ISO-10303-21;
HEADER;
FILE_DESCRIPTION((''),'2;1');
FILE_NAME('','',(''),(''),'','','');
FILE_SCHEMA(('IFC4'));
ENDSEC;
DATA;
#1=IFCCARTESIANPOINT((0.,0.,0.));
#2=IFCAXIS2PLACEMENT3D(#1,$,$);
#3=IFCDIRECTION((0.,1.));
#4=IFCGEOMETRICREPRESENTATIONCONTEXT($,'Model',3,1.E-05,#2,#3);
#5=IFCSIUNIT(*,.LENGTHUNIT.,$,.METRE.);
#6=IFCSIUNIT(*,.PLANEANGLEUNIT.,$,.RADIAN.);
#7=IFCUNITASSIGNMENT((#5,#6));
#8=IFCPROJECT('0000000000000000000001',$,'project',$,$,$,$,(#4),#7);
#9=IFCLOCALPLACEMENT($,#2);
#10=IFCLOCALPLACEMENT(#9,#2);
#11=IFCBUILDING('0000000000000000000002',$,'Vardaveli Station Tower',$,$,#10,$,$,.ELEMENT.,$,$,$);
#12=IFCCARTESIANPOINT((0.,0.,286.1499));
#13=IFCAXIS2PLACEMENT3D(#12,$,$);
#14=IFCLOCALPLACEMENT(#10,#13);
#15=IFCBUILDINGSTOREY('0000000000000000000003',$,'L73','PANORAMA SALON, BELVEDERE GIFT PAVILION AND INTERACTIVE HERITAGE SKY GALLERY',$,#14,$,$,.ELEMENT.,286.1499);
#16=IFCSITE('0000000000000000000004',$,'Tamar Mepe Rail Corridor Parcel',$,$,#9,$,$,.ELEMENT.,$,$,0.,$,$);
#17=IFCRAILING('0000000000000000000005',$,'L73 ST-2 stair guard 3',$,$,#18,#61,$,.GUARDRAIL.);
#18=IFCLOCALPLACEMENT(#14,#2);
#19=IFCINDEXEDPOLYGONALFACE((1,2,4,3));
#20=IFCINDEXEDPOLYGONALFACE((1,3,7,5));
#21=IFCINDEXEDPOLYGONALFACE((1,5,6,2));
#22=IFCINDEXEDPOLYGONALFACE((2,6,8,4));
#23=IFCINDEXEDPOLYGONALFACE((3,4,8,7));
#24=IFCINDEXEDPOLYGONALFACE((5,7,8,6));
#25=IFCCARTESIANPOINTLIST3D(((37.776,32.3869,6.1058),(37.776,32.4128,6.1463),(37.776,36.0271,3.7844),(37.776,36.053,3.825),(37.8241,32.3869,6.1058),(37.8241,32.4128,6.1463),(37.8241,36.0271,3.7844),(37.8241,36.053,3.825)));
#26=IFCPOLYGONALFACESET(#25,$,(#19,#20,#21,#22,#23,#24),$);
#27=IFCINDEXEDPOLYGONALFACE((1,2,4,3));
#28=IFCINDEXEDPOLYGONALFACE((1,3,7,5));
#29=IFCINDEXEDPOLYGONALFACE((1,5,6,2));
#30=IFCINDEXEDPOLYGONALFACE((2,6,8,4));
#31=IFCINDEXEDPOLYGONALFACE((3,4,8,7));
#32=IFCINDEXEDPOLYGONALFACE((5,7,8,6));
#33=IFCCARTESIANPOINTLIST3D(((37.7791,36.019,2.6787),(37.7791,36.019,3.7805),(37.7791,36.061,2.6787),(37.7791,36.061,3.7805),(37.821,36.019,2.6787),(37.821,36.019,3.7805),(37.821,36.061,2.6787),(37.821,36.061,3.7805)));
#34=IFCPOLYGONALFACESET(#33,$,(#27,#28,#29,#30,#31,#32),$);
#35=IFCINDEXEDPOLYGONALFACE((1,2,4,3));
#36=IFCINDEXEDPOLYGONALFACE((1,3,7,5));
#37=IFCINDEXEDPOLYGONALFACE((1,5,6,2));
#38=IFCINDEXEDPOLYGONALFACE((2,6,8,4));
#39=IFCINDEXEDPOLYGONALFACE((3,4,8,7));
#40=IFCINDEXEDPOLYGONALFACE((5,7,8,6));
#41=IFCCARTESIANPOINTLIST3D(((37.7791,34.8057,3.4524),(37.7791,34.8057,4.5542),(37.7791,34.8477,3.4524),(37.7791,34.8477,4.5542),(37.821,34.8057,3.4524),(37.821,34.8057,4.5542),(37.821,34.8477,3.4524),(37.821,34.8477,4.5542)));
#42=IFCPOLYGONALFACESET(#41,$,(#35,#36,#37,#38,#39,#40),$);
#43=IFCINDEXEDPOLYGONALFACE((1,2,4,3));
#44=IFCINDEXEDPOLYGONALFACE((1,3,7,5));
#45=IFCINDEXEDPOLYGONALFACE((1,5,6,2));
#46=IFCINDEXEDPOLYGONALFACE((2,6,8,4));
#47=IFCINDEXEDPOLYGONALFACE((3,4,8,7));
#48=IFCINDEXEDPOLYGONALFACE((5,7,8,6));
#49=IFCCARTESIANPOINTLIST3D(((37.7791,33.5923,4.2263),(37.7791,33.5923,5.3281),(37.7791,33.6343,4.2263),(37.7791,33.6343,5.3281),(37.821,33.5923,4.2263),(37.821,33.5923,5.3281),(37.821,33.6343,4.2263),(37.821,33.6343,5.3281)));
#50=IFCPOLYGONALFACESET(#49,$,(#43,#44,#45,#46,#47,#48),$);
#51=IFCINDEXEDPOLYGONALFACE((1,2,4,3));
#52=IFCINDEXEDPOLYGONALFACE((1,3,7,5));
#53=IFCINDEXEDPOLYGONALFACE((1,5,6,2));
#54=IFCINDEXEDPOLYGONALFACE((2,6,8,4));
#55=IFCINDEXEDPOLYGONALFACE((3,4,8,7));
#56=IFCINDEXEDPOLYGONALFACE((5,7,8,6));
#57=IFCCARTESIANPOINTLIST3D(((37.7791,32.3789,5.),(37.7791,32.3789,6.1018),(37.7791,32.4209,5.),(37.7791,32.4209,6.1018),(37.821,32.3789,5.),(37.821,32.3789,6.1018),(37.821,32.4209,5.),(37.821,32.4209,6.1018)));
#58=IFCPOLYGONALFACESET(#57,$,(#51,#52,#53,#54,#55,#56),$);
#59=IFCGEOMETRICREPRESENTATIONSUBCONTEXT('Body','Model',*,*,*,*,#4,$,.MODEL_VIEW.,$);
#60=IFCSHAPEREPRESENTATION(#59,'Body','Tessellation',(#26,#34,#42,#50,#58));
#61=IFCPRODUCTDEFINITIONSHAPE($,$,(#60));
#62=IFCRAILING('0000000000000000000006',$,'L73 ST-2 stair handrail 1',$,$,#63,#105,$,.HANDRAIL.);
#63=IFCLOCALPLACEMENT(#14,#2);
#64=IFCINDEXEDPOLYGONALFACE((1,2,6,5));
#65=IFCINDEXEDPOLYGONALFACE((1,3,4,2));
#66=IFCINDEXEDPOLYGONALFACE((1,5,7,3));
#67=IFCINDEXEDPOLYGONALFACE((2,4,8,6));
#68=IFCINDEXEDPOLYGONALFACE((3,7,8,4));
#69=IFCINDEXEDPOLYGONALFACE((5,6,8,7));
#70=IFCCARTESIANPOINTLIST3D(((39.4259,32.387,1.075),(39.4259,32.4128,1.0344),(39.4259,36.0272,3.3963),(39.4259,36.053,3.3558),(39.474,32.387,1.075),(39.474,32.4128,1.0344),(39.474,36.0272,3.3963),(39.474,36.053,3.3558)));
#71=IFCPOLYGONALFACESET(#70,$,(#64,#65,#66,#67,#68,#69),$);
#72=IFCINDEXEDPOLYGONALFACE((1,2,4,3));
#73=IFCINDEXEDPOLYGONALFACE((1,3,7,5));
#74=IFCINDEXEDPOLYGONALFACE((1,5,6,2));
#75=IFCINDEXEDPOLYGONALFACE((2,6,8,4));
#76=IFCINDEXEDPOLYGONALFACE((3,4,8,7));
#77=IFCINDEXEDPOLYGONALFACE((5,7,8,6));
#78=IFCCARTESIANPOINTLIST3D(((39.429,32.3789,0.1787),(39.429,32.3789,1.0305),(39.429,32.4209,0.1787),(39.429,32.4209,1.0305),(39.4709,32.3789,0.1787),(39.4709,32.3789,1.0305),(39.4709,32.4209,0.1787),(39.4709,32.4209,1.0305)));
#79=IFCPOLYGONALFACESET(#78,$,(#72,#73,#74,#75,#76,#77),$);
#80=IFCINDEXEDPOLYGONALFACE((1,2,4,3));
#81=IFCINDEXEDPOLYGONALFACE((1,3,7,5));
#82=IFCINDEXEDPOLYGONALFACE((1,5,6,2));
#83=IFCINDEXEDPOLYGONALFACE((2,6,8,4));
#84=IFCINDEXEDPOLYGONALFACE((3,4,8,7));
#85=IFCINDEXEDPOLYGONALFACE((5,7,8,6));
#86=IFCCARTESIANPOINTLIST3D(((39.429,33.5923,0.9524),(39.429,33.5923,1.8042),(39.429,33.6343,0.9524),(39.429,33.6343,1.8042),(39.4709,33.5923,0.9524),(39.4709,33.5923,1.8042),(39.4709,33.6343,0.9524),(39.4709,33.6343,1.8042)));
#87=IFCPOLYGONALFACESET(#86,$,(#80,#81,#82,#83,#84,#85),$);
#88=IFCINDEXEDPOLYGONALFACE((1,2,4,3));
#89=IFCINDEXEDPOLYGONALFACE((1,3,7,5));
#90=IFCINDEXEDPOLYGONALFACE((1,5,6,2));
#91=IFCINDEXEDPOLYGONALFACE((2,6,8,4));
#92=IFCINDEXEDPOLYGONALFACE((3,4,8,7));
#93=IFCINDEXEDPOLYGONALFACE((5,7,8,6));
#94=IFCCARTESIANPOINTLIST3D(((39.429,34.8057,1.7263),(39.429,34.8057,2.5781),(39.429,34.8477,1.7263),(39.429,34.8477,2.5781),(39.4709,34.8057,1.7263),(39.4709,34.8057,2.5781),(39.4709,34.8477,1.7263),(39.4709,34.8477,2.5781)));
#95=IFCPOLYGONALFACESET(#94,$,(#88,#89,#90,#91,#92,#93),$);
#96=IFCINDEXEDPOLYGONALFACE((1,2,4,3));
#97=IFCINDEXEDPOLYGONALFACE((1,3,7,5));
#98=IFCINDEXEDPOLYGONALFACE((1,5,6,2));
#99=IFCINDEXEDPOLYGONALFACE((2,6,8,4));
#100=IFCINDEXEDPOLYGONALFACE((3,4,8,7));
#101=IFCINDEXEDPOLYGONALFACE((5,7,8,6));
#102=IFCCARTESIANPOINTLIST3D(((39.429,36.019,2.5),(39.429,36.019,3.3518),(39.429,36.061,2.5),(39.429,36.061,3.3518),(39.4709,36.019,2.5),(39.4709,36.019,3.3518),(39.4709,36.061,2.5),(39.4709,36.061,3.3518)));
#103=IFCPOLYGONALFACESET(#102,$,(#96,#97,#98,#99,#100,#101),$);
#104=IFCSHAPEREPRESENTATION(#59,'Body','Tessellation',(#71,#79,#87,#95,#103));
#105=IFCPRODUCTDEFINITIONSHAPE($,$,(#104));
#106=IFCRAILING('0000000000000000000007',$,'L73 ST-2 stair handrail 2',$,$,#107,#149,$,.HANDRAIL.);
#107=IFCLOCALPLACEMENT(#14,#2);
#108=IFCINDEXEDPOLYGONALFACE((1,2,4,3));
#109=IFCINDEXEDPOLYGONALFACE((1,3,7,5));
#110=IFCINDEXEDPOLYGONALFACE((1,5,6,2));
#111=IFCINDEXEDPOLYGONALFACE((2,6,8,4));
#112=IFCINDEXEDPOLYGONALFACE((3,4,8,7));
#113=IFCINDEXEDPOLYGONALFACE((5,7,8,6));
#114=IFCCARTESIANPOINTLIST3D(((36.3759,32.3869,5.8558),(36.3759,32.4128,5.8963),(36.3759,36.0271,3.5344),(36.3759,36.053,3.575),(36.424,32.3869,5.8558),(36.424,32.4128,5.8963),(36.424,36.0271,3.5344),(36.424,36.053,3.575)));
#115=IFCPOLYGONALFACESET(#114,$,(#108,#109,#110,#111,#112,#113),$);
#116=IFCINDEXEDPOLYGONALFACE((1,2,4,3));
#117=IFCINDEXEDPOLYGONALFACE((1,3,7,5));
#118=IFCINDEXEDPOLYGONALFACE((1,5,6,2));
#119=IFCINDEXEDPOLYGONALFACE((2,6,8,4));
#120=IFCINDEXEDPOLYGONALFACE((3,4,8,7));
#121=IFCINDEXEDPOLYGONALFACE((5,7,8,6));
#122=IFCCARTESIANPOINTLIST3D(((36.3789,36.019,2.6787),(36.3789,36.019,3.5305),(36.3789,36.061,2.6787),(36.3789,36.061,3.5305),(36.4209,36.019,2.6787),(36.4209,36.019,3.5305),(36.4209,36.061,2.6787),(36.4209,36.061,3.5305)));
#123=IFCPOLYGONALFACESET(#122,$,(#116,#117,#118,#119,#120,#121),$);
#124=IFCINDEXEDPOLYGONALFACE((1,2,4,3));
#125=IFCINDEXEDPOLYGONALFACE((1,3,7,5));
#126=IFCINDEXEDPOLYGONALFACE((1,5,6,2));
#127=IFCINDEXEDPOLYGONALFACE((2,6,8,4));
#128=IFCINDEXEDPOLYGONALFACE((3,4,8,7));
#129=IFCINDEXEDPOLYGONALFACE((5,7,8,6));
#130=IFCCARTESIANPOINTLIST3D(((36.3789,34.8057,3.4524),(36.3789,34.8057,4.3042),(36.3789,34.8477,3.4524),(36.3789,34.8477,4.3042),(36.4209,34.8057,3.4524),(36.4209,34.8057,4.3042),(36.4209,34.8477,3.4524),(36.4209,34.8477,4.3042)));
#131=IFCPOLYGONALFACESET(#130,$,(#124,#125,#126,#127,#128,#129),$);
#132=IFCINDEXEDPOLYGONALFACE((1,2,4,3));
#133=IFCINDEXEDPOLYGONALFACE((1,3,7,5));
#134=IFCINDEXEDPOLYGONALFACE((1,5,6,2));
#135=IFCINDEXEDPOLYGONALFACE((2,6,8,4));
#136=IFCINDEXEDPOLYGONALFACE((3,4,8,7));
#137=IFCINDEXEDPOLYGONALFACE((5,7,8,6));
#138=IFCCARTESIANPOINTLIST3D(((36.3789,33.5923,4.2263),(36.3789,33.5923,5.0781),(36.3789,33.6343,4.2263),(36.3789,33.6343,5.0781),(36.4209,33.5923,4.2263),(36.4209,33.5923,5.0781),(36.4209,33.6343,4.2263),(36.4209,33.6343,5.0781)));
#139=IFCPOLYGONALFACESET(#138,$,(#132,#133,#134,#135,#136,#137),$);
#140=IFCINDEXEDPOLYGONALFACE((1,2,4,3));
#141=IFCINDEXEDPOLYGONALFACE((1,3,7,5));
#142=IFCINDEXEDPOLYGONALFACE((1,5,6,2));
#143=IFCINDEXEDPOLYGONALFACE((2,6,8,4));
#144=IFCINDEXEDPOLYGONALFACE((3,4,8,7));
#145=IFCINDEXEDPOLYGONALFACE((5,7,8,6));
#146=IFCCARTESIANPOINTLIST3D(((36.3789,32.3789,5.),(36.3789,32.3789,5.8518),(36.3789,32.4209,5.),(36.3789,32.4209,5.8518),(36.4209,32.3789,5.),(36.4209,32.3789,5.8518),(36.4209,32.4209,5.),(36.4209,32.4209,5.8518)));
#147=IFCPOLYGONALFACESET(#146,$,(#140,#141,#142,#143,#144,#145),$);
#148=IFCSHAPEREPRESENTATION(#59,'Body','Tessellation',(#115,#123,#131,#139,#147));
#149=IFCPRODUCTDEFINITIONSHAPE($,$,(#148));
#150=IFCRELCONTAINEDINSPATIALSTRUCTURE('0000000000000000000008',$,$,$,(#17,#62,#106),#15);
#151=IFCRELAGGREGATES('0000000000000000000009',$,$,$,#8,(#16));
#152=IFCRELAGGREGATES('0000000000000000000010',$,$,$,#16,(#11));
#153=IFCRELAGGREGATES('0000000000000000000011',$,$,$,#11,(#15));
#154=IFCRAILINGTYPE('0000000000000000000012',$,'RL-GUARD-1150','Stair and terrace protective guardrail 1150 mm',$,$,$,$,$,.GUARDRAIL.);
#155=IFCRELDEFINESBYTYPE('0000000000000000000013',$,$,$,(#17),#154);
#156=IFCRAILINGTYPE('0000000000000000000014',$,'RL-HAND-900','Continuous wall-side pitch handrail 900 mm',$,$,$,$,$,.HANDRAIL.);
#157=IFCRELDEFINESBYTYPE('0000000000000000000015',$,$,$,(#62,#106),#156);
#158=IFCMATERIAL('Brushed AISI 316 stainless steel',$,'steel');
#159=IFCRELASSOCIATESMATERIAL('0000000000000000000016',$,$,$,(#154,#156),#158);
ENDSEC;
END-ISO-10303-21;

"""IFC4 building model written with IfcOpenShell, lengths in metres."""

from ifc_helpers import new_model, si_unit, direction, frame, origin, origin_2d, place, context, subcontext, project, spatial, rectangle, extrude, source, transform, mapped, material, type_object, element, save


model = new_model("IFC4")

# Units and contexts
model_context = context("Model", 3, precision=1e-05, world=origin(), true_north=direction((0.0, 1.0)))
body_context = subcontext(model_context, "Body", "Model", "MODEL_VIEW")
ifc_project = project(units=[si_unit("LENGTHUNIT", "METRE"), si_unit("PLANEANGLEUNIT", "RADIAN")], contexts=[model_context])

# Site, building, storey
site_placement = place(None, origin())
site = spatial("IfcSite", under=ifc_project, at=site_placement, Name="Tamar Mepe Rail Corridor Parcel", CompositionType="ELEMENT", RefElevation=0.0)
building_placement = place(site_placement, origin())
building = spatial("IfcBuilding", under=site, at=building_placement, Name="Vardaveli Station Tower", CompositionType="ELEMENT")
storey_placement = place(building_placement, frame((0.0, 0.0, 286.1499)))
storey = spatial("IfcBuildingStorey", under=building, at=storey_placement, Name="L73", Description="PANORAMA SALON, BELVEDERE GIFT PAVILION AND INTERACTIVE HERITAGE SKY GALLERY", CompositionType="ELEMENT", Elevation=286.1499)

# Railings
ifc_material_1 = material(Name="Brushed AISI 316 stainless steel", Category="steel")
railing_type_1 = type_object("IfcRailingType", Name="RL-GUARD-1150", Description="Stair and terrace protective guardrail 1150 mm", PredefinedType="GUARDRAIL", material=ifc_material_1)
shared_shape_1 = source(origin(), body_context, "Body", "SweptSolid", [
    extrude(rectangle(XDim=0.0481, YDim=0.0481, at=origin_2d()), frame((0.0, 0.0, 1.126), z_axis=(0.0, -0.843153, 0.537673), x_axis=(1.0, 0.0, 0.0)), (0.0, 0.0, 1.0), 4.3174),
    extrude(rectangle(XDim=0.042, YDim=0.042, at=origin_2d()), origin(), (0.0, 0.0, 1.0), 1.1018),
    extrude(rectangle(XDim=0.042, YDim=0.042, at=origin_2d()), frame((0.0, -1.2134, 0.7737)), (0.0, 0.0, 1.0), 1.1018),
    extrude(rectangle(XDim=0.042, YDim=0.042, at=origin_2d()), frame((0.0, -2.4268, 1.5476)), (0.0, 0.0, 1.0), 1.1018),
    extrude(rectangle(XDim=0.042, YDim=0.042, at=origin_2d()), frame((0.0, -3.6401, 2.3213)), (0.0, 0.0, 1.0), 1.1018),
])
for number, where, name in (
    (1, (37.8, 36.04, 2.6787), "L73 ST-2 stair guard 3"),
):
    element("IfcRailing", number, at=place(storey_placement, frame(where)), inside=storey, type_object=railing_type_1, Name=name, PredefinedType="GUARDRAIL", context=body_context, shape_type="MappedRepresentation", body=[
        mapped(shared_shape_1, transform((0.0, 0.0, 0.0), scale=1.0)),
    ])
railing_type_2 = type_object("IfcRailingType", Name="RL-HAND-900", Description="Continuous wall-side pitch handrail 900 mm", PredefinedType="HANDRAIL", material=ifc_material_1)
shared_shape_2 = source(origin(), body_context, "Body", "SweptSolid", [
    extrude(rectangle(XDim=0.0481, YDim=0.0481, at=origin_2d()), frame((0.0, 0.0, 0.876), z_axis=(0.0, 0.843153, 0.537673), x_axis=(-1.0, 0.0, 0.0)), (0.0, 0.0, 1.0), 4.3174),
    extrude(rectangle(XDim=0.042, YDim=0.042, at=origin_2d()), origin(), (0.0, 0.0, 1.0), 0.8518),
    extrude(rectangle(XDim=0.042, YDim=0.042, at=origin_2d()), frame((0.0, 1.2134, 0.7737)), (0.0, 0.0, 1.0), 0.8518),
    extrude(rectangle(XDim=0.042, YDim=0.042, at=origin_2d()), frame((0.0, 2.4268, 1.5476)), (0.0, 0.0, 1.0), 0.8518),
    extrude(rectangle(XDim=0.042, YDim=0.042, at=origin_2d()), frame((0.0, 3.6401, 2.3213)), (0.0, 0.0, 1.0), 0.8518),
])
railing_1_placement = place(storey_placement, frame((39.45, 32.3999, 0.1787)))
element("IfcRailing", 2, at=railing_1_placement, inside=storey, type_object=railing_type_2, Name="L73 ST-2 stair handrail 1", PredefinedType="HANDRAIL", context=body_context, shape_type="MappedRepresentation", body=[
    mapped(shared_shape_2, transform((0.0, 0.0, 0.0), scale=1.0)),
])
shared_shape_3 = source(origin(), body_context, "Body", "SweptSolid", [
    extrude(rectangle(XDim=0.0481, YDim=0.0481, at=origin_2d()), frame((0.0, 0.0, 0.876), z_axis=(0.0, -0.843153, 0.537673), x_axis=(1.0, 0.0, 0.0)), (0.0, 0.0, 1.0), 4.3174),
    extrude(rectangle(XDim=0.042, YDim=0.042, at=origin_2d()), origin(), (0.0, 0.0, 1.0), 0.8518),
    extrude(rectangle(XDim=0.042, YDim=0.042, at=origin_2d()), frame((0.0, -1.2134, 0.7737)), (0.0, 0.0, 1.0), 0.8518),
    extrude(rectangle(XDim=0.042, YDim=0.042, at=origin_2d()), frame((0.0, -2.4268, 1.5476)), (0.0, 0.0, 1.0), 0.8518),
    extrude(rectangle(XDim=0.042, YDim=0.042, at=origin_2d()), frame((0.0, -3.6401, 2.3213)), (0.0, 0.0, 1.0), 0.8518),
])
railing_2_placement = place(storey_placement, frame((36.3999, 36.04, 2.6787)))
element("IfcRailing", 3, at=railing_2_placement, inside=storey, type_object=railing_type_2, Name="L73 ST-2 stair handrail 2", PredefinedType="HANDRAIL", context=body_context, shape_type="MappedRepresentation", body=[
    mapped(shared_shape_3, transform((0.0, 0.0, 0.0), scale=1.0)),
])

save(model, "model.ifc")
